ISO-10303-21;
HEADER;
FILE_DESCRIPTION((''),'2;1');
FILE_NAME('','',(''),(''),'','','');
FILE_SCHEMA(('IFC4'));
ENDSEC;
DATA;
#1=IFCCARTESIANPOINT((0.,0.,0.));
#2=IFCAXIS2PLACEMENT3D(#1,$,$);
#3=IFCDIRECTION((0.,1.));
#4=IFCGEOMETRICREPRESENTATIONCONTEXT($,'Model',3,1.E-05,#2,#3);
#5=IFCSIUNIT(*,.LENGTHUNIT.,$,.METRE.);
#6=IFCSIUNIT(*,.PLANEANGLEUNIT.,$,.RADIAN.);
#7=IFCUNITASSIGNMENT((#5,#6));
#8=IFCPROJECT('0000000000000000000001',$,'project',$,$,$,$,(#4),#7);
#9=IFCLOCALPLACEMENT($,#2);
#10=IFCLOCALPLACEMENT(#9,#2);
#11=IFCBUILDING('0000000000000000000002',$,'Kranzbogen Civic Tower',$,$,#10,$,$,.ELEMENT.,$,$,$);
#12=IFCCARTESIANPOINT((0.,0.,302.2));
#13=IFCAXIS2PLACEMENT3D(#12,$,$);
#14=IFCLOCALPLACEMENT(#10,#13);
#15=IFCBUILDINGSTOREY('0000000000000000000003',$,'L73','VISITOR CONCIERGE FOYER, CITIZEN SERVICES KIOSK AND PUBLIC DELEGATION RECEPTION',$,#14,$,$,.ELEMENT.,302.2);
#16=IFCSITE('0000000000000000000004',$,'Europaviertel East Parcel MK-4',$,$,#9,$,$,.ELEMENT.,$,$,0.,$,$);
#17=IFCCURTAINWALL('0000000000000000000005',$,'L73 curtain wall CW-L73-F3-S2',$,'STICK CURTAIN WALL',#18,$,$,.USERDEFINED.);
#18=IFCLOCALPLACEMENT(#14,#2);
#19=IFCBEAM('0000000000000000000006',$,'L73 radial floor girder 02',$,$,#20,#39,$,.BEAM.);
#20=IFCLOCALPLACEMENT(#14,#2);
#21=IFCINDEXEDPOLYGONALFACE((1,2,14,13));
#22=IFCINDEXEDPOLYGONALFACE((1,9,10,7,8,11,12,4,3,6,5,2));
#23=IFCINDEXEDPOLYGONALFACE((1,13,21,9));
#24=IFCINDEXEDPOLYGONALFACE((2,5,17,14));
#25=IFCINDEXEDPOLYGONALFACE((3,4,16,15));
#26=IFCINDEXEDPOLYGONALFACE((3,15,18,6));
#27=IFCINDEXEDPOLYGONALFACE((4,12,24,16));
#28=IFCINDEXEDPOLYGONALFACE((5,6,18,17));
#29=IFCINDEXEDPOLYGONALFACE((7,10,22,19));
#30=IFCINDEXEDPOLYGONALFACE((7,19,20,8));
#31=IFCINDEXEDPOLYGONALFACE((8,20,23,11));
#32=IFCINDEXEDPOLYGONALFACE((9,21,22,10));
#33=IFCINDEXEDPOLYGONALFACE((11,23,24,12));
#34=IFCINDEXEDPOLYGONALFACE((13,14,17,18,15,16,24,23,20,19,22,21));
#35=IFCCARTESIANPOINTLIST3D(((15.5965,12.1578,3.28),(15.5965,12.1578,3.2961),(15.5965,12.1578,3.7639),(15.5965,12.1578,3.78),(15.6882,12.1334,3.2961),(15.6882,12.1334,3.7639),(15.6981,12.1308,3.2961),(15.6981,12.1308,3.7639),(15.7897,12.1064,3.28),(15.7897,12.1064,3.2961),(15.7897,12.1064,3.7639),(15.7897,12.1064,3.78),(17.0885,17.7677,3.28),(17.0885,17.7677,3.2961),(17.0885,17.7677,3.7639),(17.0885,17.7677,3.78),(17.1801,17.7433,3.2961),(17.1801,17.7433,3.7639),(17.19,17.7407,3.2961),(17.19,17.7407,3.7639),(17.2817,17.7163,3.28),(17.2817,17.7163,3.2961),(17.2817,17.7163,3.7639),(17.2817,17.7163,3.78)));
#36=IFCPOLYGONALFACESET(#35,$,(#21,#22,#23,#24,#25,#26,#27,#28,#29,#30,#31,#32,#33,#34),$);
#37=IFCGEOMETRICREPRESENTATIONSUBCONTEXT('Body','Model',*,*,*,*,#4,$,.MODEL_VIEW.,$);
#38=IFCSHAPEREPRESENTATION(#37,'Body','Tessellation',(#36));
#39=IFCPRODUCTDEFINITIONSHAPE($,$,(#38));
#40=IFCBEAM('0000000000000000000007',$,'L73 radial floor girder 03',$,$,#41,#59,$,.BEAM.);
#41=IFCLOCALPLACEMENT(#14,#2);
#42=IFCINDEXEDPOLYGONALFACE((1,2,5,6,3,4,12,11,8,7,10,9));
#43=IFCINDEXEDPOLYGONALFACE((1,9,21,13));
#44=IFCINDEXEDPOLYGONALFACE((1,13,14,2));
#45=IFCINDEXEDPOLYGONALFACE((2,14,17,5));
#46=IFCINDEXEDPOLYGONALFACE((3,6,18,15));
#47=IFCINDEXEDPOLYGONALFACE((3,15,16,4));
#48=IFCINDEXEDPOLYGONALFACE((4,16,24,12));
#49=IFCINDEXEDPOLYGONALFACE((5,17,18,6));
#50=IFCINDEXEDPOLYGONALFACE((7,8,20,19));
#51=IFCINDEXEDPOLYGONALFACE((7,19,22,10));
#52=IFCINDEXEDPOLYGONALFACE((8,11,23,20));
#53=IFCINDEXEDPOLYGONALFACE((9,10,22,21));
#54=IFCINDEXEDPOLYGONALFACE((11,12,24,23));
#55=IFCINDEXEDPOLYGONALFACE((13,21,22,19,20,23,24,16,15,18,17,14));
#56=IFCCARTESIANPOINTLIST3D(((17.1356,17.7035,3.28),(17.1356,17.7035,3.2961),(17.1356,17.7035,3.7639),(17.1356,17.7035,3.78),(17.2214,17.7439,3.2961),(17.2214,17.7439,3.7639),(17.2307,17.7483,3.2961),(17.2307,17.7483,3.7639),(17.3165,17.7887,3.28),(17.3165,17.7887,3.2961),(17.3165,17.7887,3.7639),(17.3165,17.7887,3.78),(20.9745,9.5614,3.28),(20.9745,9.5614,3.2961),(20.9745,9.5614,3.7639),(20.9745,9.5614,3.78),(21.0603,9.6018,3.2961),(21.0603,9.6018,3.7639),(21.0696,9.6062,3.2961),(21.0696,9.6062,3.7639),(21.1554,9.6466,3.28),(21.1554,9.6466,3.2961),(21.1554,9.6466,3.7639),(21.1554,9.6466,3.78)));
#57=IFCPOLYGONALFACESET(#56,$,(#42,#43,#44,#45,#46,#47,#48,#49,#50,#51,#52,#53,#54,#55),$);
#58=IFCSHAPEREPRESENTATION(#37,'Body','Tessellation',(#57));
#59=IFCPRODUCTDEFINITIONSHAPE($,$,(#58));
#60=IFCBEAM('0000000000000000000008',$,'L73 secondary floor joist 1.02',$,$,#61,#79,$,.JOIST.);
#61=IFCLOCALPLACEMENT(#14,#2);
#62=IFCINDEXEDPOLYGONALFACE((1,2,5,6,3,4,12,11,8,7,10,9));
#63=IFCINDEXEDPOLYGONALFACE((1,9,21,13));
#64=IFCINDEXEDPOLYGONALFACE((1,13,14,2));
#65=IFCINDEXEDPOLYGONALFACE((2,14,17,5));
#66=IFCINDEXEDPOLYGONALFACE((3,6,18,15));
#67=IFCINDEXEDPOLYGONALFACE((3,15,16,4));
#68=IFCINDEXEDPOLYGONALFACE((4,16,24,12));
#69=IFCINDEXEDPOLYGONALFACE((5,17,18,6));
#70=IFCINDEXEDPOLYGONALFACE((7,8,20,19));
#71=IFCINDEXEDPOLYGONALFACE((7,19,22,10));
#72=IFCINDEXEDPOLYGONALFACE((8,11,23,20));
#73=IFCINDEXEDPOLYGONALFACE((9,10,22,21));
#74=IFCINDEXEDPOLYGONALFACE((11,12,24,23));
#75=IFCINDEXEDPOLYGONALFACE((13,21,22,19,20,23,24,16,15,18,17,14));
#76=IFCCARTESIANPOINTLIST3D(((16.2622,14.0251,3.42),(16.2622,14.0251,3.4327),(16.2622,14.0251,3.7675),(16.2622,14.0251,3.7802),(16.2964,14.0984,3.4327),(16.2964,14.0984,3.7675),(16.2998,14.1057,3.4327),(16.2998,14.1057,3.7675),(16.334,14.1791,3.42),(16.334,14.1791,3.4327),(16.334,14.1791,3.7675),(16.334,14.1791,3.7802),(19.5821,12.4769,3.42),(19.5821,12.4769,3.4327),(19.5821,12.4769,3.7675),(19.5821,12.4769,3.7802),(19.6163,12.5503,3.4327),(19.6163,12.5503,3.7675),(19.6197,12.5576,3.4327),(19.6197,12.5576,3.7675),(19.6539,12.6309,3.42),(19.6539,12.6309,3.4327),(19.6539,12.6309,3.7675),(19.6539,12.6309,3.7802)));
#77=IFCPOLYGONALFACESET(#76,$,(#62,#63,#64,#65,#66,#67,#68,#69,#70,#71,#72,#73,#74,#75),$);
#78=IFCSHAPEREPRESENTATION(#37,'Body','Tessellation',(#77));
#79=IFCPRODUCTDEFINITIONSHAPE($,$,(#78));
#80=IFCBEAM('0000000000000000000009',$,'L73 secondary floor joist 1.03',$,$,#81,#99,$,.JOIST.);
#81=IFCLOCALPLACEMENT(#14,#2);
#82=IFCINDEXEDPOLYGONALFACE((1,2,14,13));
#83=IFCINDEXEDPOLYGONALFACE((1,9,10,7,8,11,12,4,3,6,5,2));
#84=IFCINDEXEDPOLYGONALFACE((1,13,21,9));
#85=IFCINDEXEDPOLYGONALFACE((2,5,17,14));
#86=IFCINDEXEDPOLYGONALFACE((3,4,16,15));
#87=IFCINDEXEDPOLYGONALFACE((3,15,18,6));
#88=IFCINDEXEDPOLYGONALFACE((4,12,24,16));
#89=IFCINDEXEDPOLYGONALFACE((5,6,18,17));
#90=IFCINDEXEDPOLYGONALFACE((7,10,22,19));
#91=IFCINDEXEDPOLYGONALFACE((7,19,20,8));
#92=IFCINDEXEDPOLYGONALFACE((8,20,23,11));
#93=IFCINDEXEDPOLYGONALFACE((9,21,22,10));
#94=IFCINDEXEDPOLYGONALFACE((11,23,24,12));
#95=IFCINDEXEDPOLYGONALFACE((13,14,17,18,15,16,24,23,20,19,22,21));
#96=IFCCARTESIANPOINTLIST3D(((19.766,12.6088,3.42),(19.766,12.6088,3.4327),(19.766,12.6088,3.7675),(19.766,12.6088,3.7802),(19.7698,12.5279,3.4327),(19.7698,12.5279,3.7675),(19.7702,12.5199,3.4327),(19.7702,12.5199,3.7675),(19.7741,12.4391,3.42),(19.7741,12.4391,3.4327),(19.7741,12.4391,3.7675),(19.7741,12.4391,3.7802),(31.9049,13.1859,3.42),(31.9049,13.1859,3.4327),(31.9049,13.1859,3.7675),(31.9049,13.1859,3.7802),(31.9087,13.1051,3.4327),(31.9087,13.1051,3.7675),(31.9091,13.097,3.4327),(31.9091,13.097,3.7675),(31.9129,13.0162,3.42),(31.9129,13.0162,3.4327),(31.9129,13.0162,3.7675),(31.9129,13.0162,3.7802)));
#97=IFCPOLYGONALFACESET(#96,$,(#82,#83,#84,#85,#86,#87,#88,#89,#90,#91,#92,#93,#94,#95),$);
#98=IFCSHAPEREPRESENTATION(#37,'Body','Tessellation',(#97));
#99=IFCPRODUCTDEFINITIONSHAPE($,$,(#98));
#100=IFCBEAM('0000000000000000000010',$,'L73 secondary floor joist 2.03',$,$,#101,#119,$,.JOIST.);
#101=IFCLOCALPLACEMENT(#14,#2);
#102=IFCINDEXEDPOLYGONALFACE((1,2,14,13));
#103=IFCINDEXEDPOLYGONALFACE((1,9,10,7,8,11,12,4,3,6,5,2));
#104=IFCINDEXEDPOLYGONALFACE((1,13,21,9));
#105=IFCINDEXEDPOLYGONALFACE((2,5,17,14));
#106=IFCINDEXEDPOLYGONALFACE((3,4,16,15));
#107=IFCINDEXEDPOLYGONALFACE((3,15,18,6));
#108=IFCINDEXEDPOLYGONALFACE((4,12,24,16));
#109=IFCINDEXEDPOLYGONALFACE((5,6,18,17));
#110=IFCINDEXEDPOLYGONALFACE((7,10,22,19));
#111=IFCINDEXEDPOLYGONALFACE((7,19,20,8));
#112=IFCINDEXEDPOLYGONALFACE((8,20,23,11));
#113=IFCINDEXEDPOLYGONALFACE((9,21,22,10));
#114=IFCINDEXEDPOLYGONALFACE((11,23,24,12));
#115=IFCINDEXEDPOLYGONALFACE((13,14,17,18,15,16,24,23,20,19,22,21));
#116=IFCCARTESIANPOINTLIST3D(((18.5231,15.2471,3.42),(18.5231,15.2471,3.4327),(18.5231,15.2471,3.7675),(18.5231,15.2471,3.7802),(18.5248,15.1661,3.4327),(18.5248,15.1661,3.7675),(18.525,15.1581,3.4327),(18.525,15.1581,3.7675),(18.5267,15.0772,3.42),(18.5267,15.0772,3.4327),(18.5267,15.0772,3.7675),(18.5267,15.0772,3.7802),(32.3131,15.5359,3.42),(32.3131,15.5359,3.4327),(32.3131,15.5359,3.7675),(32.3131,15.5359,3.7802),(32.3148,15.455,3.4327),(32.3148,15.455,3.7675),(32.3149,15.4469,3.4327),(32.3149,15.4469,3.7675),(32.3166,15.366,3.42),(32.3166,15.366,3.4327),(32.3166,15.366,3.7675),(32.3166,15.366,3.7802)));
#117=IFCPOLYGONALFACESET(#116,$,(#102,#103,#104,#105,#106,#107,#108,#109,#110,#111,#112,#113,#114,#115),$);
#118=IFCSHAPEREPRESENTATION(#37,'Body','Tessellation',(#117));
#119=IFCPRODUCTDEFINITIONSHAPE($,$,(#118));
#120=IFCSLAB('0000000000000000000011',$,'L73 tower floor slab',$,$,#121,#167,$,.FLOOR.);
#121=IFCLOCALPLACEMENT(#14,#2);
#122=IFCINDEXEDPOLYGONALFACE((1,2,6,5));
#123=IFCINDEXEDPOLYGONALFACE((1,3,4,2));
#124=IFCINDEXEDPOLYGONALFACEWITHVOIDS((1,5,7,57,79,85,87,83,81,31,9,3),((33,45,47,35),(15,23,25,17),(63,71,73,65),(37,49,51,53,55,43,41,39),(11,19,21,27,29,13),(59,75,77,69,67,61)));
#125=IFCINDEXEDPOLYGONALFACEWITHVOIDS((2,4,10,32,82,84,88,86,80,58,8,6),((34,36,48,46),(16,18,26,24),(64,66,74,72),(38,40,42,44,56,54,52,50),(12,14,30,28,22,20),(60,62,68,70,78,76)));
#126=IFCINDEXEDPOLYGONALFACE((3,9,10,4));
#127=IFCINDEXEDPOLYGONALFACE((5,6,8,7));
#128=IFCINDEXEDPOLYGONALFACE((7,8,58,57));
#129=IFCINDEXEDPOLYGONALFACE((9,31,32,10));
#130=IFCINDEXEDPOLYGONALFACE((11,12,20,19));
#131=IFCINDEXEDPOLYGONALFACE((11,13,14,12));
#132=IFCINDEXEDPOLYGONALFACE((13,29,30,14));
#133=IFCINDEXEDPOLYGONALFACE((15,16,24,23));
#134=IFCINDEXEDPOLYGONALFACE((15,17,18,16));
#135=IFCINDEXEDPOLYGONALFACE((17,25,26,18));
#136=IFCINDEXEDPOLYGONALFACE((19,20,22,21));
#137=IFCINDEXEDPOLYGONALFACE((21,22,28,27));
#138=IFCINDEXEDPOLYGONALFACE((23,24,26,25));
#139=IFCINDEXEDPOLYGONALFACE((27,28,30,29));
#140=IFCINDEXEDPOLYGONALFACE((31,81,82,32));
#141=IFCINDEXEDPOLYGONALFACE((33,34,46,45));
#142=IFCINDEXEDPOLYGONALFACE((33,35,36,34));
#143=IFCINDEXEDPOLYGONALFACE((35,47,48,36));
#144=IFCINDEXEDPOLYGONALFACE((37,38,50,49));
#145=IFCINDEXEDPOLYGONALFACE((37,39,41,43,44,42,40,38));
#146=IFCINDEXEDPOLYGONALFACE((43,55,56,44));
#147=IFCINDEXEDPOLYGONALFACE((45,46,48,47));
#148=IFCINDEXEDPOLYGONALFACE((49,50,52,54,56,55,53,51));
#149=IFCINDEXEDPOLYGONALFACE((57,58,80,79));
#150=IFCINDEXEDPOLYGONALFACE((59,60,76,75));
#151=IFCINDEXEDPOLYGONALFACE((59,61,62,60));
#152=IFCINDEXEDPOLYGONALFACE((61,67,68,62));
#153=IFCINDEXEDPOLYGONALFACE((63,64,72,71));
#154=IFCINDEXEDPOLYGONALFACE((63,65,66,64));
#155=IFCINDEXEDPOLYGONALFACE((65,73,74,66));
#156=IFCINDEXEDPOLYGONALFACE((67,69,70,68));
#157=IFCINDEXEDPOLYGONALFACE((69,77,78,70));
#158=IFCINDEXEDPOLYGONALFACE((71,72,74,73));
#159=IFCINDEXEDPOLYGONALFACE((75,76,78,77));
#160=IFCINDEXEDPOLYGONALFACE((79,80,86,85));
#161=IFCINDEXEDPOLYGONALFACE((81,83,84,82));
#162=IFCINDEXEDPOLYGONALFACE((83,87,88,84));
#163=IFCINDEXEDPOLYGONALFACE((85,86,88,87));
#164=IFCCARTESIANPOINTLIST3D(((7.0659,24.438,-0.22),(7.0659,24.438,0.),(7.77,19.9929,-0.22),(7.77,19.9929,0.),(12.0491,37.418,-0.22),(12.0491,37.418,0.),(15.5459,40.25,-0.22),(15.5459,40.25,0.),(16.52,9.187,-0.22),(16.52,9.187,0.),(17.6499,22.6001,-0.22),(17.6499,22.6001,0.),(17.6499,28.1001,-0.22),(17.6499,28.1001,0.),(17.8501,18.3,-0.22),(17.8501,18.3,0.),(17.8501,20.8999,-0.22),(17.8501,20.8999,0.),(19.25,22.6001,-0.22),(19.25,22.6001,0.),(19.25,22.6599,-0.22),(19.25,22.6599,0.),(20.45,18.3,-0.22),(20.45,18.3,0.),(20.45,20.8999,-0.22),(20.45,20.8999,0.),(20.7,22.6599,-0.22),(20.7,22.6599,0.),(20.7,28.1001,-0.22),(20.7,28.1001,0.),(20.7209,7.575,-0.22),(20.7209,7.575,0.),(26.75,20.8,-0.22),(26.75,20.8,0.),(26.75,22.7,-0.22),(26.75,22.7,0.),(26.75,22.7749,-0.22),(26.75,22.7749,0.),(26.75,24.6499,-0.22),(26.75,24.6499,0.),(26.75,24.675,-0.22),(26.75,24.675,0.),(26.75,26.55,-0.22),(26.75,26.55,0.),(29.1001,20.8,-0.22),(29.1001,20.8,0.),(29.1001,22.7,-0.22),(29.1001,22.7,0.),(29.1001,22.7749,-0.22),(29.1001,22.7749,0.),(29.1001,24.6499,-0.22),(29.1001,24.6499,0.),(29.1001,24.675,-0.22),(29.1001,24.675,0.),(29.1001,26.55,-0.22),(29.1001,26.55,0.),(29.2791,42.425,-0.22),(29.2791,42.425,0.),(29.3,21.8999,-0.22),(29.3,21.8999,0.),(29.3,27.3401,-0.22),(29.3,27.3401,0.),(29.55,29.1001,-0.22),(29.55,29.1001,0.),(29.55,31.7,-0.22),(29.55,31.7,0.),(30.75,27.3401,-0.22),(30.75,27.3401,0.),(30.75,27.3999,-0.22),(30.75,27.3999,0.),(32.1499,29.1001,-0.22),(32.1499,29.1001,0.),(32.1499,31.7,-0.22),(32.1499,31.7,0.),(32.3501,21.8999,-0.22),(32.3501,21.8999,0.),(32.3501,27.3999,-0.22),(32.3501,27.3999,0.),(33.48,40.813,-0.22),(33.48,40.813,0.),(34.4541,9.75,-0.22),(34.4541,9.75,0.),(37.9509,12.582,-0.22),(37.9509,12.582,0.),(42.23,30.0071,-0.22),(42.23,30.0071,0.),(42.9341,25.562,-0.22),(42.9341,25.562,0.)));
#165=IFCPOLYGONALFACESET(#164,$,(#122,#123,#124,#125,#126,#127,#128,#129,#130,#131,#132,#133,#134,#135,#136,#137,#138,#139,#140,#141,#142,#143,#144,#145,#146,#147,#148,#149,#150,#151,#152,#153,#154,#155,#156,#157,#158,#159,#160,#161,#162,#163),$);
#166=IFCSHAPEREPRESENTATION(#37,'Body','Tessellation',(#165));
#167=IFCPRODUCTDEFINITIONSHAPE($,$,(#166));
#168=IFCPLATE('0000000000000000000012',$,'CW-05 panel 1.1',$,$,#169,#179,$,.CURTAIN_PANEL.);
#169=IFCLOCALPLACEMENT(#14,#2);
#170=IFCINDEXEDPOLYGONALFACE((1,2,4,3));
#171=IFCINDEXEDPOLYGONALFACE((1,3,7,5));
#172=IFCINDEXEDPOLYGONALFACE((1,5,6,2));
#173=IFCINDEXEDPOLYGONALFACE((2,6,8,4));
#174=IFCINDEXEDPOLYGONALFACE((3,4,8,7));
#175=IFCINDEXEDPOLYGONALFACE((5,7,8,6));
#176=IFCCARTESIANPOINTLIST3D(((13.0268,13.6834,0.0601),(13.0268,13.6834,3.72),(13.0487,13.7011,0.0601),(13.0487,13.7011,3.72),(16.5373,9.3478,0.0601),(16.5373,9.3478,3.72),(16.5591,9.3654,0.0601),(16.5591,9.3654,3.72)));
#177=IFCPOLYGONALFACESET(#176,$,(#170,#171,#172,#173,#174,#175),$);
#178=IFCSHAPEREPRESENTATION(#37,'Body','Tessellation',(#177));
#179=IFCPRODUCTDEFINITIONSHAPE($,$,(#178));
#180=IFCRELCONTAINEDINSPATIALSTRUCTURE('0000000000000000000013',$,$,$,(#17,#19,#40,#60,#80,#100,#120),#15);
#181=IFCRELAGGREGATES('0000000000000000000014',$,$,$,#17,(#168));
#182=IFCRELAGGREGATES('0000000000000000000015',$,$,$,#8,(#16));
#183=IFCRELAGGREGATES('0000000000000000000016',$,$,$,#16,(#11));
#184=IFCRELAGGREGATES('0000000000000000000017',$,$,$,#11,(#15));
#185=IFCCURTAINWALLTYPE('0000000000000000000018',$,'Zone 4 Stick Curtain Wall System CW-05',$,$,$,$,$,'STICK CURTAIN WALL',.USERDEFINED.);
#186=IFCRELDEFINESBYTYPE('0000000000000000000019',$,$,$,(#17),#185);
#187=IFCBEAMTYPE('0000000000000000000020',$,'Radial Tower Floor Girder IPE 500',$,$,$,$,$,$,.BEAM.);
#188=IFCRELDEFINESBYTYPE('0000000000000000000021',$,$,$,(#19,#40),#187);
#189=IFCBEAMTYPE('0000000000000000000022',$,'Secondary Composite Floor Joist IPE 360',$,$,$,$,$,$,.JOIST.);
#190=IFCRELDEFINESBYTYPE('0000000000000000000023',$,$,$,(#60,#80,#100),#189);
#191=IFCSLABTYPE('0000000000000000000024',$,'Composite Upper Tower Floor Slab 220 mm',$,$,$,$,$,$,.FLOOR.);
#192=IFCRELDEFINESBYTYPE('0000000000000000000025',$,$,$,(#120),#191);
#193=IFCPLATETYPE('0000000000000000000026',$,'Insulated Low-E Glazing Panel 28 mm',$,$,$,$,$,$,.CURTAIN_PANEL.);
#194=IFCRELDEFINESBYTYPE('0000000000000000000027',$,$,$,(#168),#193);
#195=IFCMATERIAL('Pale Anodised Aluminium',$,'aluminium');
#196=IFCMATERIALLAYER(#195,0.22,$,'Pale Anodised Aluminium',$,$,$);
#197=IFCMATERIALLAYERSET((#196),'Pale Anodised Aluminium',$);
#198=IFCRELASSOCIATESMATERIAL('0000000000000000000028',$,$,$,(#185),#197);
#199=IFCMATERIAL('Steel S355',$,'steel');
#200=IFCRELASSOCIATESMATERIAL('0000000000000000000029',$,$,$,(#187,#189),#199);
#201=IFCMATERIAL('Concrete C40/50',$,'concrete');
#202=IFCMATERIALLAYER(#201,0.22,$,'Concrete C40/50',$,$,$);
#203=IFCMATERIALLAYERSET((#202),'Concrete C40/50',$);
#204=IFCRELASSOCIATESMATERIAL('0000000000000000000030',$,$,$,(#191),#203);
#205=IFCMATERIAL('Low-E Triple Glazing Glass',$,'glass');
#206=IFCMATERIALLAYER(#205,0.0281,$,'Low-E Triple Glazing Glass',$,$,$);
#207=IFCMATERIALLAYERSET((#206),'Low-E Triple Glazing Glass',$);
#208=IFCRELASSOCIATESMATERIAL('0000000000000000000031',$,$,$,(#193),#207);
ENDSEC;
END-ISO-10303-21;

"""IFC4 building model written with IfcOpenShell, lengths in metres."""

from ifc_helpers import new_model, si_unit, direction, frame, origin, origin_2d, place, context, subcontext, project, spatial, polyline, rectangle, i_section, outline, extrude, material, layer, layer_set, material_profile, profile_set, type_object, element, aggregate, save


model = new_model("IFC4")

# Units and contexts
model_context = context("Model", 3, precision=1e-05, world=origin(), true_north=direction((0.0, 1.0)))
body_context = subcontext(model_context, "Body", "Model", "MODEL_VIEW")
ifc_project = project(units=[si_unit("LENGTHUNIT", "METRE"), si_unit("PLANEANGLEUNIT", "RADIAN")], contexts=[model_context])

# Site, building, storey
site_placement = place(None, origin())
site = spatial("IfcSite", under=ifc_project, at=site_placement, Name="Europaviertel East Parcel MK-4", CompositionType="ELEMENT", RefElevation=0.0)
building_placement = place(site_placement, origin())
building = spatial("IfcBuilding", under=site, at=building_placement, Name="Kranzbogen Civic Tower", CompositionType="ELEMENT")
storey_placement = place(building_placement, frame((0.0, 0.0, 302.2)))
storey = spatial("IfcBuildingStorey", under=building, at=storey_placement, Name="L73", Description="VISITOR CONCIERGE FOYER, CITIZEN SERVICES KIOSK AND PUBLIC DELEGATION RECEPTION", CompositionType="ELEMENT", Elevation=302.2)

# Shared definitions
ifc_material_1 = material(Name="Steel S355", Category="steel")

# Curtain wall
ifc_material_2 = material(Name="Pale Anodised Aluminium", Category="aluminium")
ifc_layer_1 = layer(ifc_material_2, 0.22, Name="Pale Anodised Aluminium")
ifc_layer_set_1 = layer_set([ifc_layer_1], Name="Pale Anodised Aluminium")
curtain_wall_type = type_object("IfcCurtainWallType", Name="Zone 4 Stick Curtain Wall System CW-05", ElementType="STICK CURTAIN WALL", PredefinedType="USERDEFINED", material=ifc_layer_set_1)
curtain_wall_1_placement = place(storey_placement, origin())
curtain_wall_1 = element("IfcCurtainWall", 1, at=curtain_wall_1_placement, inside=storey, type_object=curtain_wall_type, Name="L73 curtain wall CW-L73-F3-S2", ObjectType="STICK CURTAIN WALL", PredefinedType="USERDEFINED")

# Beams
ifc_material_profile_1 = material_profile(ifc_material_1, i_section(OverallWidth=0.2, OverallDepth=0.5, WebThickness=0.0103, FlangeThickness=0.0161, at=origin_2d()), Name="IPE 500")
ifc_profile_set_1 = profile_set([ifc_material_profile_1], Name="Steel S355")
beam_type_1 = type_object("IfcBeamType", Name="Radial Tower Floor Girder IPE 500", PredefinedType="BEAM", material=ifc_profile_set_1)
beam_1_placement = place(storey_placement, frame((15.6931, 12.1321, 3.53), z_axis=(0.257016, 0.966407, 0.0), x_axis=(-0.966407, 0.257016, 0.0)))
element("IfcBeam", 2, at=beam_1_placement, inside=storey, type_object=beam_type_1, Name="L73 radial floor girder 02", PredefinedType="BEAM", context=body_context, shape_type="SweptSolid", body=[
    extrude(i_section(OverallWidth=0.2, OverallDepth=0.5, WebThickness=0.0103, FlangeThickness=0.0161, at=origin_2d()), origin(), (0.0, 0.0, 1.0), 5.8049),
])
beam_2_placement = place(storey_placement, frame((21.0649, 9.604, 3.53), z_axis=(-0.42646, 0.904506, 0.0), x_axis=(-0.904506, -0.42646, 0.0)))
element("IfcBeam", 3, at=beam_2_placement, inside=storey, type_object=beam_type_1, Name="L73 radial floor girder 03", PredefinedType="BEAM", context=body_context, shape_type="SweptSolid", body=[
    extrude(i_section(OverallWidth=0.2, OverallDepth=0.5, WebThickness=0.0103, FlangeThickness=0.0161, at=origin_2d()), origin(), (0.0, 0.0, 1.0), 9.0017),
])
ifc_material_profile_2 = material_profile(ifc_material_1, i_section(OverallWidth=0.1699, OverallDepth=0.3601, WebThickness=0.0081, FlangeThickness=0.0127, at=origin_2d()), Name="IPE 360")
ifc_profile_set_2 = profile_set([ifc_material_profile_2], Name="Steel S355")
beam_type_2 = type_object("IfcBeamType", Name="Secondary Composite Floor Joist IPE 360", PredefinedType="JOIST", material=ifc_profile_set_2)
beam_3_placement = place(storey_placement, frame((16.2981, 14.1021, 3.6001), z_axis=(0.906304, -0.422626, 0.0), x_axis=(0.422626, 0.906304, 0.0)))
element("IfcBeam", 4, at=beam_3_placement, inside=storey, type_object=beam_type_2, Name="L73 secondary floor joist 1.02", PredefinedType="JOIST", context=body_context, shape_type="SweptSolid", body=[
    extrude(i_section(OverallWidth=0.1699, OverallDepth=0.3601, WebThickness=0.0081, FlangeThickness=0.0127, at=origin_2d()), origin(), (0.0, 0.0, 1.0), 3.6631),
])
beam_4_placement = place(storey_placement, frame((19.77, 12.5239, 3.6001), z_axis=(0.998872, 0.047492, 0.0), x_axis=(-0.047492, 0.998872, 0.0)))
element("IfcBeam", 5, at=beam_4_placement, inside=storey, type_object=beam_type_2, Name="L73 secondary floor joist 1.03", PredefinedType="JOIST", context=body_context, shape_type="SweptSolid", body=[
    extrude(i_section(OverallWidth=0.1699, OverallDepth=0.3601, WebThickness=0.0081, FlangeThickness=0.0127, at=origin_2d()), origin(), (0.0, 0.0, 1.0), 12.1526),
])
beam_5_placement = place(storey_placement, frame((18.5249, 15.1621, 3.6001), z_axis=(0.999781, 0.020939, 0.0), x_axis=(-0.020939, 0.999781, 0.0)))
element("IfcBeam", 6, at=beam_5_placement, inside=storey, type_object=beam_type_2, Name="L73 secondary floor joist 2.03", PredefinedType="JOIST", context=body_context, shape_type="SweptSolid", body=[
    extrude(i_section(OverallWidth=0.1699, OverallDepth=0.3601, WebThickness=0.0081, FlangeThickness=0.0127, at=origin_2d()), origin(), (0.0, 0.0, 1.0), 13.793),
])

# Slab
ifc_material_3 = material(Name="Concrete C40/50", Category="concrete")
ifc_layer_2 = layer(ifc_material_3, 0.22, Name="Concrete C40/50")
ifc_layer_set_2 = layer_set([ifc_layer_2], Name="Concrete C40/50")
slab_type_1 = type_object("IfcSlabType", Name="Composite Upper Tower Floor Slab 220 mm", PredefinedType="FLOOR", material=ifc_layer_set_2)
slab_1_placement = place(storey_placement, frame((0.0, 0.0, -0.22)))
element("IfcSlab", 7, at=slab_1_placement, inside=storey, type_object=slab_type_1, Name="L73 tower floor slab", PredefinedType="FLOOR", context=body_context, shape_type="SweptSolid", body=[
    extrude(outline(polyline([(29.2791, 42.425), (15.5459, 40.25), (12.0491, 37.418), (7.0659, 24.438), (7.77, 19.9929), (16.52, 9.187), (20.7209, 7.575), (34.4541, 9.75), (37.9509, 12.582), (42.9341, 25.562), (42.23, 30.0071), (33.48, 40.813), (29.2791, 42.425)]), holes=[polyline([(17.8501, 20.8999), (20.45, 20.8999), (20.45, 18.3), (17.8501, 18.3), (17.8501, 20.8999)]), polyline([(29.1001, 22.7), (29.1001, 20.8), (26.75, 20.8), (26.75, 22.7), (29.1001, 22.7)]), polyline([(29.1001, 24.6499), (29.1001, 22.7749), (26.75, 22.7749), (26.75, 24.6499), (26.75, 24.675), (26.75, 26.55), (29.1001, 26.55), (29.1001, 24.675), (29.1001, 24.6499)]), polyline([(29.3, 27.3401), (30.75, 27.3401), (30.75, 27.3999), (32.3501, 27.3999), (32.3501, 21.8999), (29.3, 21.8999), (29.3, 27.3401)]), polyline([(20.7, 22.6599), (19.25, 22.6599), (19.25, 22.6001), (17.6499, 22.6001), (17.6499, 28.1001), (20.7, 28.1001), (20.7, 22.6599)]), polyline([(32.1499, 31.7), (32.1499, 29.1001), (29.55, 29.1001), (29.55, 31.7), (32.1499, 31.7)])]), origin(), (0.0, 0.0, 1.0), 0.22),
])

# Plate
ifc_material_4 = material(Name="Low-E Triple Glazing Glass", Category="glass")
ifc_layer_3 = layer(ifc_material_4, 0.0281, Name="Low-E Triple Glazing Glass")
ifc_layer_set_3 = layer_set([ifc_layer_3], Name="Low-E Triple Glazing Glass")
plate_type = type_object("IfcPlateType", Name="Insulated Low-E Glazing Panel 28 mm", PredefinedType="CURTAIN_PANEL", material=ifc_layer_set_3)
plate_placement = place(storey_placement, frame((14.793, 11.5244, 0.0601), z_axis=(0.0, 0.0, 1.0), x_axis=(0.629264, -0.777192, 0.0)))
plate = element("IfcPlate", 8, at=plate_placement, type_object=plate_type, Name="CW-05 panel 1.1", PredefinedType="CURTAIN_PANEL", context=body_context, shape_type="SweptSolid", body=[
    extrude(rectangle(XDim=5.5786, YDim=0.0281, at=origin_2d()), origin(), (0.0, 0.0, 1.0), 3.6599),
])
aggregate(curtain_wall_1, [plate])

save(model, "model.ifc")
